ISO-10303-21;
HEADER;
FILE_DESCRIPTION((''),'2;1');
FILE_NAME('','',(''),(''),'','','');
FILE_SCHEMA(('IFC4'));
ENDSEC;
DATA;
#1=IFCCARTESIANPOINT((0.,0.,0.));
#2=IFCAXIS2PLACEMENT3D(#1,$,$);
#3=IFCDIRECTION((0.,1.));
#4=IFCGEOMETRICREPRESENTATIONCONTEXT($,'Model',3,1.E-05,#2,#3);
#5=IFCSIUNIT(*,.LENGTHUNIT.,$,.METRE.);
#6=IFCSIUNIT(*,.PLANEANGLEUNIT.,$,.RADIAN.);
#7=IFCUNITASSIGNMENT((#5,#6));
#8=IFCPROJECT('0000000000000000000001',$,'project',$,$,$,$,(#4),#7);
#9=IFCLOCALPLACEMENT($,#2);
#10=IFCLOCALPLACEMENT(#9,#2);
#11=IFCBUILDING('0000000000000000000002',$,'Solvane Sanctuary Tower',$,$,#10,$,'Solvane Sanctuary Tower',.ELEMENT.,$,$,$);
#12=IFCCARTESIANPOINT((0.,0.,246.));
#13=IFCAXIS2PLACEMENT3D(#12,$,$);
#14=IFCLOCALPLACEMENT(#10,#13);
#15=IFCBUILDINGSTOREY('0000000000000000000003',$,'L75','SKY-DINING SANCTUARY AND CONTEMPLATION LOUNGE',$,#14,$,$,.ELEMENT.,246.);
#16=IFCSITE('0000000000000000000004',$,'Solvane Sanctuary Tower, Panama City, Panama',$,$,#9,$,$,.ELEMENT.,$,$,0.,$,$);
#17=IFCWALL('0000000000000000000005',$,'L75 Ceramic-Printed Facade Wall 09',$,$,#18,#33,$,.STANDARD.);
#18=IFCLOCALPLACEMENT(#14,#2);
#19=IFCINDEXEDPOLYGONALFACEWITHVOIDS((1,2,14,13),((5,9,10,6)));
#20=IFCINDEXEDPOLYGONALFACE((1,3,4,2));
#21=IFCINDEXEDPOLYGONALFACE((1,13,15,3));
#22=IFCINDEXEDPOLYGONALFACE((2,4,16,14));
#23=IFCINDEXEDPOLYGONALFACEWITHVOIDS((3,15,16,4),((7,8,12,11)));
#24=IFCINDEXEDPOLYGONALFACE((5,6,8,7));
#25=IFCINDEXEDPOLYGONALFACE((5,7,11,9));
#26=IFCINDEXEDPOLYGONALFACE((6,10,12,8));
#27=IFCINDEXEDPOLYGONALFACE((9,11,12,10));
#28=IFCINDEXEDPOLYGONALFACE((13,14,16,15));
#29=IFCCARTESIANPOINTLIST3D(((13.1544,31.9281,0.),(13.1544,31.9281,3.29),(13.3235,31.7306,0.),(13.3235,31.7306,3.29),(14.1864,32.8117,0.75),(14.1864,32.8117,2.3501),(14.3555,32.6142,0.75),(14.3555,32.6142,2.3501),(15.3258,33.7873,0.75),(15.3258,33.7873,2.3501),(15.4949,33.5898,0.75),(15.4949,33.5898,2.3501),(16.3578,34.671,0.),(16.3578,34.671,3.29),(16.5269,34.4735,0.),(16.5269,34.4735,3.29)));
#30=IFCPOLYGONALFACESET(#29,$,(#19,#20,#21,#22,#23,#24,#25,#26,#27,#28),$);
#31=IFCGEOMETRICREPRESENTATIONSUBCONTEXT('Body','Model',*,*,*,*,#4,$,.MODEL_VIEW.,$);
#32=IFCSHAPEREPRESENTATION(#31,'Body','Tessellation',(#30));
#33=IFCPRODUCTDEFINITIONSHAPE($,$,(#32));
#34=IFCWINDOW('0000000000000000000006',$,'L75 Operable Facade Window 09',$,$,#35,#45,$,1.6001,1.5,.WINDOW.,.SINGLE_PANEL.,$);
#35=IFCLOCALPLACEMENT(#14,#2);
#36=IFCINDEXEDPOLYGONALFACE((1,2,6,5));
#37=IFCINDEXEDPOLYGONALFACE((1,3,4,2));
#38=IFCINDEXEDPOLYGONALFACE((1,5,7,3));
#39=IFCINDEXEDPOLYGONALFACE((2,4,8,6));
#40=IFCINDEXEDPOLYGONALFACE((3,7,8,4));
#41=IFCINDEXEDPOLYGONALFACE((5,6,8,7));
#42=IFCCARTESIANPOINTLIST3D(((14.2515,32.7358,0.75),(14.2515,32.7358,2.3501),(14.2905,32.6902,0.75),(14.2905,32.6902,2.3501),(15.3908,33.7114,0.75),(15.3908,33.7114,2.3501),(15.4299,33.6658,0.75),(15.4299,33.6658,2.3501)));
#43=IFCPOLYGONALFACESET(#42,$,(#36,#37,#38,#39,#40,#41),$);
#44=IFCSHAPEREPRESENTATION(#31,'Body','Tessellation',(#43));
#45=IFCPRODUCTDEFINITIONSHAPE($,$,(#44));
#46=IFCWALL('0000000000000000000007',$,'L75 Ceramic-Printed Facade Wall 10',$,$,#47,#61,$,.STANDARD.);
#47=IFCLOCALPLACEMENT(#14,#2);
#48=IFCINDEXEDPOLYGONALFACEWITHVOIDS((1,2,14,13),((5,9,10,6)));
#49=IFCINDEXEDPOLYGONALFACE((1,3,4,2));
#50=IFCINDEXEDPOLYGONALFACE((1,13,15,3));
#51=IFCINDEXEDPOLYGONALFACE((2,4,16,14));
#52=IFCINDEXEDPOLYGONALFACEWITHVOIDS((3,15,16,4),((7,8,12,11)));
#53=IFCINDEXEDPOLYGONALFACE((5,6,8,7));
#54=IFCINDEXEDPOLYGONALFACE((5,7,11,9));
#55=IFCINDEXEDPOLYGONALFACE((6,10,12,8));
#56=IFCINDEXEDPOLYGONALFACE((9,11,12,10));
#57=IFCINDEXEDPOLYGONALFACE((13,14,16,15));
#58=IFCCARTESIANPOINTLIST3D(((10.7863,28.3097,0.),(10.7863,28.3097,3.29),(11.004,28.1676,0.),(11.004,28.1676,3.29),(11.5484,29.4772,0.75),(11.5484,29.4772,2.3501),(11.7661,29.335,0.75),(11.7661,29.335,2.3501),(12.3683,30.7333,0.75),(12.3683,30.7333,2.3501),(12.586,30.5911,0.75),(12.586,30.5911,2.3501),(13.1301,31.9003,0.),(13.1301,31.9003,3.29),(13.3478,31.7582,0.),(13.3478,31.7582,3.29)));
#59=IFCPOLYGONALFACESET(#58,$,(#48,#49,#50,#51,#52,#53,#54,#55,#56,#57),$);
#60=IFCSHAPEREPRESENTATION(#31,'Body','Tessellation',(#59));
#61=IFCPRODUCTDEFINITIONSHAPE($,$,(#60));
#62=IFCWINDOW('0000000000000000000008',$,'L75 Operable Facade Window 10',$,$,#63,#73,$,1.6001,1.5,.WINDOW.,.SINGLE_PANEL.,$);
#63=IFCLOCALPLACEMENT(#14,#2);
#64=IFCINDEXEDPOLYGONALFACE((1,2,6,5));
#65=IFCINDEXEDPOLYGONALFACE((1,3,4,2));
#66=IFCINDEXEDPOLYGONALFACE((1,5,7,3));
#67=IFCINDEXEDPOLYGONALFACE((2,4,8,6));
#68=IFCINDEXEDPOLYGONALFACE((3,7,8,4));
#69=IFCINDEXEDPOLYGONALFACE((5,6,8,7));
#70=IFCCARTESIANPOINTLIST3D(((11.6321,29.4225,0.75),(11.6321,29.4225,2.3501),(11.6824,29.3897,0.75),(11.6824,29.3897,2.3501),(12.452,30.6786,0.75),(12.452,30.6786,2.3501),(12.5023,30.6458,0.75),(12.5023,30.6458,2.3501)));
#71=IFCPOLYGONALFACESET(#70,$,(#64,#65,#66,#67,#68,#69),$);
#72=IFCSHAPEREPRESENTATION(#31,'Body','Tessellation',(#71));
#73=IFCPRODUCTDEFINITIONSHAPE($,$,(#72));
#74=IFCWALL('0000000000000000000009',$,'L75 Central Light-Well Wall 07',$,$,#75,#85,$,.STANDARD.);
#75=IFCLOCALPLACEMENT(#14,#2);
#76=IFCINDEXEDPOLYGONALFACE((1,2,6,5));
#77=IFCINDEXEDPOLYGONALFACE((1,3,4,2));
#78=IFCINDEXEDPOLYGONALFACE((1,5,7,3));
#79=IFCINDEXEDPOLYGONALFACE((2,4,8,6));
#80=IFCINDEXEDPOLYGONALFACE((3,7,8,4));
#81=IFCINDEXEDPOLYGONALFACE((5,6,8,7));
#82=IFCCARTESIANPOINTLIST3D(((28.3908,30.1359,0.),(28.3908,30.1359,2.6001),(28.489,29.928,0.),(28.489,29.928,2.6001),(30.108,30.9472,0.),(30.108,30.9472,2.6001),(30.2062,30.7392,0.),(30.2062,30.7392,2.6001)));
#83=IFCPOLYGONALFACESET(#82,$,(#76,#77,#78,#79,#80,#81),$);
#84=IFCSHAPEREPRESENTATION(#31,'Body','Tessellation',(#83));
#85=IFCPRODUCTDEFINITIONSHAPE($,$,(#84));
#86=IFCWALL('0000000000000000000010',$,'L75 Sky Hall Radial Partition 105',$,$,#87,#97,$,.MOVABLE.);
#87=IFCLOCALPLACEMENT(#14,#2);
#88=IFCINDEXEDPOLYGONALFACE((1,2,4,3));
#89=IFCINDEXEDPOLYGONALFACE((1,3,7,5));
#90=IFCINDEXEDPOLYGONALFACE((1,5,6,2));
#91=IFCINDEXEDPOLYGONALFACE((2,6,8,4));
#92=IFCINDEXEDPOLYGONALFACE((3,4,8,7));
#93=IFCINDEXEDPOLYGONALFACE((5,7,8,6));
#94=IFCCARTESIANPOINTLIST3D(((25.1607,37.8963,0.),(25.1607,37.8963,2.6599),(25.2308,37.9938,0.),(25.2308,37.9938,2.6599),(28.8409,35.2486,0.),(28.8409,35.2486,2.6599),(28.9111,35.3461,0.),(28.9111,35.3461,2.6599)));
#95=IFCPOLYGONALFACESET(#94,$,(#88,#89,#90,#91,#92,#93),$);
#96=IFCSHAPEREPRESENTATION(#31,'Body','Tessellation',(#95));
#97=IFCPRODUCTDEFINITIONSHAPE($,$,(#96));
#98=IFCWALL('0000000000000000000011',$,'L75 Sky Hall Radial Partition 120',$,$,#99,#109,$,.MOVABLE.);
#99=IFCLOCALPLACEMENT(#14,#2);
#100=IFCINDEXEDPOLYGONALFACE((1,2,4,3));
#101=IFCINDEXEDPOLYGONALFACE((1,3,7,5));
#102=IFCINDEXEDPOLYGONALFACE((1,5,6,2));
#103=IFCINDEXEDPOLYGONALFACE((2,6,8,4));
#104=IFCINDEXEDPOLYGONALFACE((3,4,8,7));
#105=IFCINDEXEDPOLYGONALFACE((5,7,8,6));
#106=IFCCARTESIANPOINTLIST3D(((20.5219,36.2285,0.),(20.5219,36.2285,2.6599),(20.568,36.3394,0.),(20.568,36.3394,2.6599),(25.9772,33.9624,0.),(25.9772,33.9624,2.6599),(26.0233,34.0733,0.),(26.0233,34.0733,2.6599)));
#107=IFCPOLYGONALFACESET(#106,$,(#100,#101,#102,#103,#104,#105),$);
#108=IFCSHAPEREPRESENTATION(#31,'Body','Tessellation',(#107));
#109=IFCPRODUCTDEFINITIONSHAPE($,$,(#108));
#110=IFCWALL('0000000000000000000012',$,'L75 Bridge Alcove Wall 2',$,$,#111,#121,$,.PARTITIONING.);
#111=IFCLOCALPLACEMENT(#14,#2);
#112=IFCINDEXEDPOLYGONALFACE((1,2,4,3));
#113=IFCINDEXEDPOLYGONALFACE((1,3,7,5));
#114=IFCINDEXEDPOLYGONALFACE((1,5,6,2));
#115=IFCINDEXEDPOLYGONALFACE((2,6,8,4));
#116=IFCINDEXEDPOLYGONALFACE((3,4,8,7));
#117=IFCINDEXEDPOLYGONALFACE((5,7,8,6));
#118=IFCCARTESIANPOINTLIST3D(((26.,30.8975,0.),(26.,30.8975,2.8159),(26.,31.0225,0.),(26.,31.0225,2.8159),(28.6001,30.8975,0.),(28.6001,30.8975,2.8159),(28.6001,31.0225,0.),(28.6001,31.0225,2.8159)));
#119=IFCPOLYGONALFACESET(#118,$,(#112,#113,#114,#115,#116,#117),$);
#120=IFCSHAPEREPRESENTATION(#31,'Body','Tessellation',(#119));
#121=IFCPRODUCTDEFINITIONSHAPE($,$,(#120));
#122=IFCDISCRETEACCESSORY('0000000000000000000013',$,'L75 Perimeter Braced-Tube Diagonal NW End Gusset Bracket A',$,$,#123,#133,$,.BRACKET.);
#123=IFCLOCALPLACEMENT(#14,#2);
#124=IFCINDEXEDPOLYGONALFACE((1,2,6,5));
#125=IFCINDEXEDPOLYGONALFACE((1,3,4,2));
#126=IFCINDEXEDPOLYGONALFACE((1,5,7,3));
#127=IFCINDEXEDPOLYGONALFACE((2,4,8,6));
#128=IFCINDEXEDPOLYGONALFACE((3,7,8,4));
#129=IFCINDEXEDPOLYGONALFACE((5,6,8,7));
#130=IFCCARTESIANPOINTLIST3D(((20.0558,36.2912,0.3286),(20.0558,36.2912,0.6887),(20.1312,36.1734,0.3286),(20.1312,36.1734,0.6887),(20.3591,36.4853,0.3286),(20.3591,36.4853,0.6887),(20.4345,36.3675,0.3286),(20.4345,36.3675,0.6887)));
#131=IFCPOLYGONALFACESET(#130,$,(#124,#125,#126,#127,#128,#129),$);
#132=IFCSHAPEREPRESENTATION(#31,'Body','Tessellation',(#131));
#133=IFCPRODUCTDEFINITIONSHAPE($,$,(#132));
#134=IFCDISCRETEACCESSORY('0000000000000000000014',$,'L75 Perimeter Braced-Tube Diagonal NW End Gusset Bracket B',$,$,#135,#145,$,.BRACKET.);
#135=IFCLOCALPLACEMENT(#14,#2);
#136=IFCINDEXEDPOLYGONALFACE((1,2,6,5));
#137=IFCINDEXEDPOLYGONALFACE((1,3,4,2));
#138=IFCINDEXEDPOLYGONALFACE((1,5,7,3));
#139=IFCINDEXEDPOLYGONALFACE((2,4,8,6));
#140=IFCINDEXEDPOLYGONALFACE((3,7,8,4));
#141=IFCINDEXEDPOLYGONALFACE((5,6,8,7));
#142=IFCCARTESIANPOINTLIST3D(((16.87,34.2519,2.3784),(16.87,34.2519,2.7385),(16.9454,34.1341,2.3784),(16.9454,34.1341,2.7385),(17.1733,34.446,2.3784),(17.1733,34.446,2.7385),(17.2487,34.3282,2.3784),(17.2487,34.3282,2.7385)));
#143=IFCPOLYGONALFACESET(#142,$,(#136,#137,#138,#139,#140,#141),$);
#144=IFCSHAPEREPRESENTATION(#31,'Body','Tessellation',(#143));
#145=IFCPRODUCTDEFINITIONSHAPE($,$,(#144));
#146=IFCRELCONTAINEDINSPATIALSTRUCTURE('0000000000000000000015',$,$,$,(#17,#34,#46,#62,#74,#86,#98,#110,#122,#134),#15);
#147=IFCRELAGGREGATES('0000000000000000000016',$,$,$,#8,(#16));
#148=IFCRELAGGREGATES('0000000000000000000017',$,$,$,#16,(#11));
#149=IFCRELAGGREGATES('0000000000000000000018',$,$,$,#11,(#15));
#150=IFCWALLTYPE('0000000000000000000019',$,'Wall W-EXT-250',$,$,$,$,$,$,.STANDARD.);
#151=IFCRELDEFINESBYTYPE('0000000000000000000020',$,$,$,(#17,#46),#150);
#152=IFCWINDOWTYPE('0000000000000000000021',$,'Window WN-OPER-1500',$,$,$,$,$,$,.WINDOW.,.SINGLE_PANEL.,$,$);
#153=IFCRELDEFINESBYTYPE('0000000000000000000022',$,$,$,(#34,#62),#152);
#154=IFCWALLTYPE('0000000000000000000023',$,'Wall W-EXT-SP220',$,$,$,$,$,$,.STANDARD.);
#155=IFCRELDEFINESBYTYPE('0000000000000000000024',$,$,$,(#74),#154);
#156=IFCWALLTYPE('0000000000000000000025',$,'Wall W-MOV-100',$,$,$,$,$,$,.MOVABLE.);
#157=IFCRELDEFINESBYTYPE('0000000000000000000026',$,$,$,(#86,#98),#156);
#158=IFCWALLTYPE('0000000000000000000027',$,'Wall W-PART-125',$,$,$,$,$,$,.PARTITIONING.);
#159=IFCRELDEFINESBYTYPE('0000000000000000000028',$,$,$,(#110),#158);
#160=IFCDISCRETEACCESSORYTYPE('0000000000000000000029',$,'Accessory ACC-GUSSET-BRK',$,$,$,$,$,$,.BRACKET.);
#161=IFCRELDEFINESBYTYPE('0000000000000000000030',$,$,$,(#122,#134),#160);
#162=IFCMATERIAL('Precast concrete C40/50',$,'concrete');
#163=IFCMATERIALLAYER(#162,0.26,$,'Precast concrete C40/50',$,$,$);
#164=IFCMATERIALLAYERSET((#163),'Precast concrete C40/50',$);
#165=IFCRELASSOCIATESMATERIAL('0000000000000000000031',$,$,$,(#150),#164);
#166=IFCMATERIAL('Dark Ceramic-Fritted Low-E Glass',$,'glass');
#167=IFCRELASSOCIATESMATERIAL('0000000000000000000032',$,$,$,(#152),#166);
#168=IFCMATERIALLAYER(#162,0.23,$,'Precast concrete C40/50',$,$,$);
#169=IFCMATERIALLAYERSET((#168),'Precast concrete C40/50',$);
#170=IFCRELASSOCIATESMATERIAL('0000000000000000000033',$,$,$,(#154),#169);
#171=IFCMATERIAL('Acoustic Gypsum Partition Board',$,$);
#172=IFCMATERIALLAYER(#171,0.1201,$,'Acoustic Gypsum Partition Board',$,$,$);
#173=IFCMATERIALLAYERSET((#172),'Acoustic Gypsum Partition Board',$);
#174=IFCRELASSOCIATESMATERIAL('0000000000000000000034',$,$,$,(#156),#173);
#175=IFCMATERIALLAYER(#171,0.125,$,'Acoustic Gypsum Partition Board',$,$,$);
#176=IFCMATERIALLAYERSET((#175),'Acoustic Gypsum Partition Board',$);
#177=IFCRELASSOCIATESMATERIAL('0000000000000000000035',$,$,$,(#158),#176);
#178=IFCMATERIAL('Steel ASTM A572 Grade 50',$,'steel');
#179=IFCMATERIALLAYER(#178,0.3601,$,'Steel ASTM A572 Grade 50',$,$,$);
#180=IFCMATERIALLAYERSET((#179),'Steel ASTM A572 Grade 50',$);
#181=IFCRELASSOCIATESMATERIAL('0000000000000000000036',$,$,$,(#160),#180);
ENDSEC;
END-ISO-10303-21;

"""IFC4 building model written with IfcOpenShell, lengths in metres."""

from ifc_helpers import new_model, si_unit, direction, frame, frame_2d, origin, origin_2d, place, context, subcontext, project, spatial, rectangle, extrude, material, layer, layer_set, type_object, element, fill, save


model = new_model("IFC4")

# Units and contexts
model_context = context("Model", 3, precision=1e-05, world=origin(), true_north=direction((0.0, 1.0)))
body_context = subcontext(model_context, "Body", "Model", "MODEL_VIEW")
ifc_project = project(units=[si_unit("LENGTHUNIT", "METRE"), si_unit("PLANEANGLEUNIT", "RADIAN")], contexts=[model_context])

# Site, building, storey
site_placement = place(None, origin())
site = spatial("IfcSite", under=ifc_project, at=site_placement, Name="Solvane Sanctuary Tower, Panama City, Panama", CompositionType="ELEMENT", RefElevation=0.0)
building_placement = place(site_placement, origin())
building = spatial("IfcBuilding", under=site, at=building_placement, Name="Solvane Sanctuary Tower", LongName="Solvane Sanctuary Tower", CompositionType="ELEMENT")
storey_placement = place(building_placement, frame((0.0, 0.0, 246.0)))
storey = spatial("IfcBuildingStorey", under=building, at=storey_placement, Name="L75", Description="SKY-DINING SANCTUARY AND CONTEMPLATION LOUNGE", CompositionType="ELEMENT", Elevation=246.0)

# Shared definitions
ifc_material_1 = material(Name="Acoustic Gypsum Partition Board")

# Walls, openings, windows
ifc_material_2 = material(Name="Precast concrete C40/50", Category="concrete")
ifc_layer_1 = layer(ifc_material_2, 0.26, Name="Precast concrete C40/50")
ifc_layer_set_1 = layer_set([ifc_layer_1], Name="Precast concrete C40/50")
wall_type_1 = type_object("IfcWallType", Name="Wall W-EXT-250", PredefinedType="STANDARD", material=ifc_layer_set_1)
wall_1_placement = place(storey_placement, frame((16.4424, 34.5723, 0.0), z_axis=(0.0, 0.0, 1.0), x_axis=(-0.759588, -0.650405, 0.0)))
wall_1 = element("IfcWall", 1, at=wall_1_placement, inside=storey, type_object=wall_type_1, Name="L75 Ceramic-Printed Facade Wall 09", PredefinedType="STANDARD", context=body_context, shape_type="SweptSolid", body=[
    extrude(rectangle(XDim=4.2173, YDim=0.26, at=frame_2d((2.1086, 0.0))), origin(), (0.0, 0.0, 1.0), 3.29),
])
opening_1_placement = place(wall_1_placement, frame((1.3586, 0.0, 0.75)))
opening_1 = element("IfcOpeningElement", 2, at=opening_1_placement, cuts=wall_1, PredefinedType="OPENING", context=body_context, shape_type="SweptSolid", body=[
    extrude(rectangle(XDim=1.5, YDim=1.6001, at=frame_2d((0.75, 0.8))), frame((0.0, 0.1399, 0.0), z_axis=(0.0, -1.0, 0.0), x_axis=(1.0, 0.0, 0.0)), (0.0, 0.0, 1.0), 0.28),
])
ifc_material_3 = material(Name="Dark Ceramic-Fritted Low-E Glass", Category="glass")
window_type = type_object("IfcWindowType", Name="Window WN-OPER-1500", PartitioningType="SINGLE_PANEL", PredefinedType="WINDOW", material=ifc_material_3)
window_1_placement = place(opening_1_placement, origin())
window_1 = element("IfcWindow", 3, at=window_1_placement, inside=storey, type_object=window_type, Name="L75 Operable Facade Window 09", OverallHeight=1.6001, OverallWidth=1.5, PartitioningType="SINGLE_PANEL", PredefinedType="WINDOW", context=body_context, shape_type="SweptSolid", body=[
    extrude(rectangle(XDim=1.5, YDim=1.6001, at=frame_2d((0.75, 0.8))), frame((0.0, 0.03, 0.0), z_axis=(0.0, -1.0, 0.0), x_axis=(1.0, 0.0, 0.0)), (0.0, 0.0, 1.0), 0.0601),
])
fill(opening_1, window_1)
wall_2_placement = place(storey_placement, frame((13.239, 31.8293, 0.0), z_axis=(0.0, 0.0, 1.0), x_axis=(-0.546606, -0.83739, 0.0)))
wall_2 = element("IfcWall", 4, at=wall_2_placement, inside=storey, type_object=wall_type_1, Name="L75 Ceramic-Printed Facade Wall 10", PredefinedType="STANDARD", context=body_context, shape_type="SweptSolid", body=[
    extrude(rectangle(XDim=4.2878, YDim=0.26, at=frame_2d((2.144, 0.0))), origin(), (0.0, 0.0, 1.0), 3.29),
])
opening_2_placement = place(wall_2_placement, frame((1.3938, 0.0, 0.75)))
opening_2 = element("IfcOpeningElement", 5, at=opening_2_placement, cuts=wall_2, PredefinedType="OPENING", context=body_context, shape_type="SweptSolid", body=[
    extrude(rectangle(XDim=1.5, YDim=1.6001, at=frame_2d((0.75, 0.8))), frame((0.0, 0.1399, 0.0), z_axis=(0.0, -1.0, 0.0), x_axis=(1.0, 0.0, 0.0)), (0.0, 0.0, 1.0), 0.28),
])
window_2_placement = place(opening_2_placement, origin())
window_2 = element("IfcWindow", 6, at=window_2_placement, inside=storey, type_object=window_type, Name="L75 Operable Facade Window 10", OverallHeight=1.6001, OverallWidth=1.5, PartitioningType="SINGLE_PANEL", PredefinedType="WINDOW", context=body_context, shape_type="SweptSolid", body=[
    extrude(rectangle(XDim=1.5, YDim=1.6001, at=frame_2d((0.75, 0.8))), frame((0.0, 0.03, 0.0), z_axis=(0.0, -1.0, 0.0), x_axis=(1.0, 0.0, 0.0)), (0.0, 0.0, 1.0), 0.0601),
])
fill(opening_2, window_2)

# Walls
ifc_layer_2 = layer(ifc_material_2, 0.23, Name="Precast concrete C40/50")
ifc_layer_set_2 = layer_set([ifc_layer_2], Name="Precast concrete C40/50")
wall_type_2 = type_object("IfcWallType", Name="Wall W-EXT-SP220", PredefinedType="STANDARD", material=ifc_layer_set_2)
wall_3_placement = place(storey_placement, frame((30.1572, 30.8433, 0.0), z_axis=(0.0, 0.0, 1.0), x_axis=(-0.90418, -0.427152, 0.0)))
element("IfcWall", 7, at=wall_3_placement, inside=storey, type_object=wall_type_2, Name="L75 Central Light-Well Wall 07", PredefinedType="STANDARD", context=body_context, shape_type="SweptSolid", body=[
    extrude(rectangle(XDim=1.8992, YDim=0.23, at=frame_2d((0.9497, 0.0))), origin(), (0.0, 0.0, 1.0), 2.6001),
])
ifc_layer_3 = layer(ifc_material_1, 0.1201, Name="Acoustic Gypsum Partition Board")
ifc_layer_set_3 = layer_set([ifc_layer_3], Name="Acoustic Gypsum Partition Board")
wall_type_3 = type_object("IfcWallType", Name="Wall W-MOV-100", PredefinedType="MOVABLE", material=ifc_layer_set_3)
wall_4_placement = place(storey_placement, frame((28.876, 35.2974, 0.0), z_axis=(0.0, 0.0, 1.0), x_axis=(-0.811746, 0.584011, 0.0)))
element("IfcWall", 8, at=wall_4_placement, inside=storey, type_object=wall_type_3, Name="L75 Sky Hall Radial Partition 105", PredefinedType="MOVABLE", context=body_context, shape_type="SweptSolid", body=[
    extrude(rectangle(XDim=4.5337, YDim=0.1201, at=frame_2d((2.2668, 0.0))), origin(), (0.0, 0.0, 1.0), 2.6599),
])
wall_5_placement = place(storey_placement, frame((26.0002, 34.0178, 0.0), z_axis=(0.0, 0.0, 1.0), x_axis=(-0.923493, 0.383614, 0.0)))
element("IfcWall", 9, at=wall_5_placement, inside=storey, type_object=wall_type_3, Name="L75 Sky Hall Radial Partition 120", PredefinedType="MOVABLE", context=body_context, shape_type="SweptSolid", body=[
    extrude(rectangle(XDim=5.9072, YDim=0.1201, at=frame_2d((2.9536, 0.0))), origin(), (0.0, 0.0, 1.0), 2.6599),
])
ifc_layer_4 = layer(ifc_material_1, 0.125, Name="Acoustic Gypsum Partition Board")
ifc_layer_set_4 = layer_set([ifc_layer_4], Name="Acoustic Gypsum Partition Board")
wall_type_4 = type_object("IfcWallType", Name="Wall W-PART-125", PredefinedType="PARTITIONING", material=ifc_layer_set_4)
wall_6_placement = place(storey_placement, frame((26.0, 30.96, 0.0), z_axis=(0.0, 0.0, 1.0), x_axis=(1.0, 0.0, 0.0)))
element("IfcWall", 10, at=wall_6_placement, inside=storey, type_object=wall_type_4, Name="L75 Bridge Alcove Wall 2", PredefinedType="PARTITIONING", context=body_context, shape_type="SweptSolid", body=[
    extrude(rectangle(XDim=2.6001, YDim=0.125, at=frame_2d((1.3, 0.0))), origin(), (0.0, 0.0, 1.0), 2.8159),
])

# Discrete accessories
ifc_material_4 = material(Name="Steel ASTM A572 Grade 50", Category="steel")
ifc_layer_5 = layer(ifc_material_4, 0.3601, Name="Steel ASTM A572 Grade 50")
ifc_layer_set_5 = layer_set([ifc_layer_5], Name="Steel ASTM A572 Grade 50")
discrete_accessory_type = type_object("IfcDiscreteAccessoryType", Name="Accessory ACC-GUSSET-BRK", PredefinedType="BRACKET", material=ifc_layer_set_5)
for number, where, z_axis, x_axis, name in (
    (11, (20.2451, 36.3293, 0.3286), (0.0, 0.0, 1.0), (-0.842264, -0.539065, 0.0), "L75 Perimeter Braced-Tube Diagonal NW End Gusset Bracket A"),
    (12, (17.0593, 34.29, 2.3784), (0.0, 0.0, 1.0), (-0.842264, -0.539065, 0.0), "L75 Perimeter Braced-Tube Diagonal NW End Gusset Bracket B"),
):
    element("IfcDiscreteAccessory", number, at=place(storey_placement, frame(where, z_axis=z_axis, x_axis=x_axis)), inside=storey, type_object=discrete_accessory_type, Name=name, PredefinedType="BRACKET", context=body_context, shape_type="SweptSolid", body=[
        extrude(rectangle(XDim=0.3601, YDim=0.1399, at=origin_2d()), origin(), (0.0, 0.0, 1.0), 0.3601),
    ])

save(model, "model.ifc")
